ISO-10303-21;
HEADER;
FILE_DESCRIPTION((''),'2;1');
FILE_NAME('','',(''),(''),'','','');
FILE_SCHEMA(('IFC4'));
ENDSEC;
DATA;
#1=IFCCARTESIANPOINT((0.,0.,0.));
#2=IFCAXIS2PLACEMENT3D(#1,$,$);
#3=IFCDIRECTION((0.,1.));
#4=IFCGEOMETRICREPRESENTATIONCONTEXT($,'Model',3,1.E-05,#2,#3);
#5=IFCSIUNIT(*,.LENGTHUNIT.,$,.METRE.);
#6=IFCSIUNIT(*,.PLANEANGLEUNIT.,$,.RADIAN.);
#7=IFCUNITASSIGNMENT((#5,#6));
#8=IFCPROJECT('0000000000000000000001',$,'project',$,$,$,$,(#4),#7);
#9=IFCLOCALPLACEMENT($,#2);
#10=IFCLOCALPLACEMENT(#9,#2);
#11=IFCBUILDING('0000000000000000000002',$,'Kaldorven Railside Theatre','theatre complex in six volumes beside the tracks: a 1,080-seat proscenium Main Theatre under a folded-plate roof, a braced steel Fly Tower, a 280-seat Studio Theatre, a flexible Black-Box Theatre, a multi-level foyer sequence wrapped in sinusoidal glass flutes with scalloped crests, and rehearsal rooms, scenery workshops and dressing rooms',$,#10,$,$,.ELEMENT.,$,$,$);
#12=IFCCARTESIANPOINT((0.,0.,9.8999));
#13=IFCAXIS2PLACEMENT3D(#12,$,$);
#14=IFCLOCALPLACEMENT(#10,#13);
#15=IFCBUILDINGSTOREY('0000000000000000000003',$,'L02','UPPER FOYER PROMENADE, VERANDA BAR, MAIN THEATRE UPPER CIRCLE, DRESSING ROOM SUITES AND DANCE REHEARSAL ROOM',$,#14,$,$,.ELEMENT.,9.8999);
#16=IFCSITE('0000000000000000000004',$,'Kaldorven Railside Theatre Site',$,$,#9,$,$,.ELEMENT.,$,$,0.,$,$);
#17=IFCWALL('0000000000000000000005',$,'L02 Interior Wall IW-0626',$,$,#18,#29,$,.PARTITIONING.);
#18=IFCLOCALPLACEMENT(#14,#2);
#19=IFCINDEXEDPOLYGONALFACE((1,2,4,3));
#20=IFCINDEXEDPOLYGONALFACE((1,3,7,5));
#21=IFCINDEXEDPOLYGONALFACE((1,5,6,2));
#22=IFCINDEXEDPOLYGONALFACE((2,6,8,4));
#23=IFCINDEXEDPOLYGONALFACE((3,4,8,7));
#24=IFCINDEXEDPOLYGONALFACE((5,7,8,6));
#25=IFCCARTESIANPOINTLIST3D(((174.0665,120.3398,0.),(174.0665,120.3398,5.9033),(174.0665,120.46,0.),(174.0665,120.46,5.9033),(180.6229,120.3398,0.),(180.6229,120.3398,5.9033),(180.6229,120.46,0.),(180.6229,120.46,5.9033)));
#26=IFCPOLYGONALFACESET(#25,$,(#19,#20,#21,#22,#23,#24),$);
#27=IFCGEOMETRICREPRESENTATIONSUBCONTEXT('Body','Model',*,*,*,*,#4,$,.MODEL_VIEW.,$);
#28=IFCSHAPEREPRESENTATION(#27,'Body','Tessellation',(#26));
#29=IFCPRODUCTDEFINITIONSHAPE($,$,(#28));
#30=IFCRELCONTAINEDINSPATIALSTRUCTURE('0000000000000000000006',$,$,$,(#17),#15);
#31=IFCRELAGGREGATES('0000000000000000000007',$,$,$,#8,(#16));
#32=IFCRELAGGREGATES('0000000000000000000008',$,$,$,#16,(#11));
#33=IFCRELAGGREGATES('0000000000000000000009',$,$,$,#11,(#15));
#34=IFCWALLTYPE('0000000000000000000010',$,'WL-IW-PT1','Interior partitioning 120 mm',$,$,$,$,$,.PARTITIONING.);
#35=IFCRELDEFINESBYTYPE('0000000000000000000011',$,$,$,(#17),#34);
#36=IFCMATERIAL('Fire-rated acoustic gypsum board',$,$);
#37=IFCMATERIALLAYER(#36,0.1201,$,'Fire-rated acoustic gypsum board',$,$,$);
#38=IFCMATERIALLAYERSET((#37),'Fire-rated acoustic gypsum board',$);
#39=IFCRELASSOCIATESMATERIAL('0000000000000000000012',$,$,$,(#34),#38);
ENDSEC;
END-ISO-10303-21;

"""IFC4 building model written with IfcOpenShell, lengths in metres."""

from ifc_helpers import new_model, si_unit, direction, frame, frame_2d, origin, place, context, subcontext, project, spatial, rectangle, extrude, material, layer, layer_set, type_object, element, save


model = new_model("IFC4")

# Units and contexts
model_context = context("Model", 3, precision=1e-05, world=origin(), true_north=direction((0.0, 1.0)))
body_context = subcontext(model_context, "Body", "Model", "MODEL_VIEW")
ifc_project = project(units=[si_unit("LENGTHUNIT", "METRE"), si_unit("PLANEANGLEUNIT", "RADIAN")], contexts=[model_context])

# Site, building, storey
site_placement = place(None, origin())
site = spatial("IfcSite", under=ifc_project, at=site_placement, Name="Kaldorven Railside Theatre Site", CompositionType="ELEMENT", RefElevation=0.0)
building_placement = place(site_placement, origin())
building = spatial("IfcBuilding", under=site, at=building_placement, Name="Kaldorven Railside Theatre", Description="theatre complex in six volumes beside the tracks: a 1,080-seat proscenium Main Theatre under a folded-plate roof, a braced steel Fly Tower, a 280-seat Studio Theatre, a flexible Black-Box Theatre, a multi-level foyer sequence wrapped in sinusoidal glass flutes with scalloped crests, and rehearsal rooms, scenery workshops and dressing rooms", CompositionType="ELEMENT")
storey_placement = place(building_placement, frame((0.0, 0.0, 9.8999)))
storey = spatial("IfcBuildingStorey", under=building, at=storey_placement, Name="L02", Description="UPPER FOYER PROMENADE, VERANDA BAR, MAIN THEATRE UPPER CIRCLE, DRESSING ROOM SUITES AND DANCE REHEARSAL ROOM", CompositionType="ELEMENT", Elevation=9.8999)

# Wall
ifc_material_1 = material(Name="Fire-rated acoustic gypsum board")
ifc_layer_1 = layer(ifc_material_1, 0.1201, Name="Fire-rated acoustic gypsum board")
ifc_layer_set_1 = layer_set([ifc_layer_1], Name="Fire-rated acoustic gypsum board")
wall_type_1 = type_object("IfcWallType", Name="WL-IW-PT1", Description="Interior partitioning 120 mm", PredefinedType="PARTITIONING", material=ifc_layer_set_1)
wall_1_placement = place(storey_placement, frame((180.623, 120.3999, 0.0), z_axis=(0.0, 0.0, 1.0), x_axis=(-1.0, 0.0, 0.0)))
element("IfcWall", 1, at=wall_1_placement, inside=storey, type_object=wall_type_1, Name="L02 Interior Wall IW-0626", PredefinedType="PARTITIONING", context=body_context, shape_type="SweptSolid", body=[
    extrude(rectangle(XDim=6.5564, YDim=0.1201, at=frame_2d((3.2783, 0.0))), origin(), (0.0, 0.0, 1.0), 5.9033),
])

save(model, "model.ifc")
